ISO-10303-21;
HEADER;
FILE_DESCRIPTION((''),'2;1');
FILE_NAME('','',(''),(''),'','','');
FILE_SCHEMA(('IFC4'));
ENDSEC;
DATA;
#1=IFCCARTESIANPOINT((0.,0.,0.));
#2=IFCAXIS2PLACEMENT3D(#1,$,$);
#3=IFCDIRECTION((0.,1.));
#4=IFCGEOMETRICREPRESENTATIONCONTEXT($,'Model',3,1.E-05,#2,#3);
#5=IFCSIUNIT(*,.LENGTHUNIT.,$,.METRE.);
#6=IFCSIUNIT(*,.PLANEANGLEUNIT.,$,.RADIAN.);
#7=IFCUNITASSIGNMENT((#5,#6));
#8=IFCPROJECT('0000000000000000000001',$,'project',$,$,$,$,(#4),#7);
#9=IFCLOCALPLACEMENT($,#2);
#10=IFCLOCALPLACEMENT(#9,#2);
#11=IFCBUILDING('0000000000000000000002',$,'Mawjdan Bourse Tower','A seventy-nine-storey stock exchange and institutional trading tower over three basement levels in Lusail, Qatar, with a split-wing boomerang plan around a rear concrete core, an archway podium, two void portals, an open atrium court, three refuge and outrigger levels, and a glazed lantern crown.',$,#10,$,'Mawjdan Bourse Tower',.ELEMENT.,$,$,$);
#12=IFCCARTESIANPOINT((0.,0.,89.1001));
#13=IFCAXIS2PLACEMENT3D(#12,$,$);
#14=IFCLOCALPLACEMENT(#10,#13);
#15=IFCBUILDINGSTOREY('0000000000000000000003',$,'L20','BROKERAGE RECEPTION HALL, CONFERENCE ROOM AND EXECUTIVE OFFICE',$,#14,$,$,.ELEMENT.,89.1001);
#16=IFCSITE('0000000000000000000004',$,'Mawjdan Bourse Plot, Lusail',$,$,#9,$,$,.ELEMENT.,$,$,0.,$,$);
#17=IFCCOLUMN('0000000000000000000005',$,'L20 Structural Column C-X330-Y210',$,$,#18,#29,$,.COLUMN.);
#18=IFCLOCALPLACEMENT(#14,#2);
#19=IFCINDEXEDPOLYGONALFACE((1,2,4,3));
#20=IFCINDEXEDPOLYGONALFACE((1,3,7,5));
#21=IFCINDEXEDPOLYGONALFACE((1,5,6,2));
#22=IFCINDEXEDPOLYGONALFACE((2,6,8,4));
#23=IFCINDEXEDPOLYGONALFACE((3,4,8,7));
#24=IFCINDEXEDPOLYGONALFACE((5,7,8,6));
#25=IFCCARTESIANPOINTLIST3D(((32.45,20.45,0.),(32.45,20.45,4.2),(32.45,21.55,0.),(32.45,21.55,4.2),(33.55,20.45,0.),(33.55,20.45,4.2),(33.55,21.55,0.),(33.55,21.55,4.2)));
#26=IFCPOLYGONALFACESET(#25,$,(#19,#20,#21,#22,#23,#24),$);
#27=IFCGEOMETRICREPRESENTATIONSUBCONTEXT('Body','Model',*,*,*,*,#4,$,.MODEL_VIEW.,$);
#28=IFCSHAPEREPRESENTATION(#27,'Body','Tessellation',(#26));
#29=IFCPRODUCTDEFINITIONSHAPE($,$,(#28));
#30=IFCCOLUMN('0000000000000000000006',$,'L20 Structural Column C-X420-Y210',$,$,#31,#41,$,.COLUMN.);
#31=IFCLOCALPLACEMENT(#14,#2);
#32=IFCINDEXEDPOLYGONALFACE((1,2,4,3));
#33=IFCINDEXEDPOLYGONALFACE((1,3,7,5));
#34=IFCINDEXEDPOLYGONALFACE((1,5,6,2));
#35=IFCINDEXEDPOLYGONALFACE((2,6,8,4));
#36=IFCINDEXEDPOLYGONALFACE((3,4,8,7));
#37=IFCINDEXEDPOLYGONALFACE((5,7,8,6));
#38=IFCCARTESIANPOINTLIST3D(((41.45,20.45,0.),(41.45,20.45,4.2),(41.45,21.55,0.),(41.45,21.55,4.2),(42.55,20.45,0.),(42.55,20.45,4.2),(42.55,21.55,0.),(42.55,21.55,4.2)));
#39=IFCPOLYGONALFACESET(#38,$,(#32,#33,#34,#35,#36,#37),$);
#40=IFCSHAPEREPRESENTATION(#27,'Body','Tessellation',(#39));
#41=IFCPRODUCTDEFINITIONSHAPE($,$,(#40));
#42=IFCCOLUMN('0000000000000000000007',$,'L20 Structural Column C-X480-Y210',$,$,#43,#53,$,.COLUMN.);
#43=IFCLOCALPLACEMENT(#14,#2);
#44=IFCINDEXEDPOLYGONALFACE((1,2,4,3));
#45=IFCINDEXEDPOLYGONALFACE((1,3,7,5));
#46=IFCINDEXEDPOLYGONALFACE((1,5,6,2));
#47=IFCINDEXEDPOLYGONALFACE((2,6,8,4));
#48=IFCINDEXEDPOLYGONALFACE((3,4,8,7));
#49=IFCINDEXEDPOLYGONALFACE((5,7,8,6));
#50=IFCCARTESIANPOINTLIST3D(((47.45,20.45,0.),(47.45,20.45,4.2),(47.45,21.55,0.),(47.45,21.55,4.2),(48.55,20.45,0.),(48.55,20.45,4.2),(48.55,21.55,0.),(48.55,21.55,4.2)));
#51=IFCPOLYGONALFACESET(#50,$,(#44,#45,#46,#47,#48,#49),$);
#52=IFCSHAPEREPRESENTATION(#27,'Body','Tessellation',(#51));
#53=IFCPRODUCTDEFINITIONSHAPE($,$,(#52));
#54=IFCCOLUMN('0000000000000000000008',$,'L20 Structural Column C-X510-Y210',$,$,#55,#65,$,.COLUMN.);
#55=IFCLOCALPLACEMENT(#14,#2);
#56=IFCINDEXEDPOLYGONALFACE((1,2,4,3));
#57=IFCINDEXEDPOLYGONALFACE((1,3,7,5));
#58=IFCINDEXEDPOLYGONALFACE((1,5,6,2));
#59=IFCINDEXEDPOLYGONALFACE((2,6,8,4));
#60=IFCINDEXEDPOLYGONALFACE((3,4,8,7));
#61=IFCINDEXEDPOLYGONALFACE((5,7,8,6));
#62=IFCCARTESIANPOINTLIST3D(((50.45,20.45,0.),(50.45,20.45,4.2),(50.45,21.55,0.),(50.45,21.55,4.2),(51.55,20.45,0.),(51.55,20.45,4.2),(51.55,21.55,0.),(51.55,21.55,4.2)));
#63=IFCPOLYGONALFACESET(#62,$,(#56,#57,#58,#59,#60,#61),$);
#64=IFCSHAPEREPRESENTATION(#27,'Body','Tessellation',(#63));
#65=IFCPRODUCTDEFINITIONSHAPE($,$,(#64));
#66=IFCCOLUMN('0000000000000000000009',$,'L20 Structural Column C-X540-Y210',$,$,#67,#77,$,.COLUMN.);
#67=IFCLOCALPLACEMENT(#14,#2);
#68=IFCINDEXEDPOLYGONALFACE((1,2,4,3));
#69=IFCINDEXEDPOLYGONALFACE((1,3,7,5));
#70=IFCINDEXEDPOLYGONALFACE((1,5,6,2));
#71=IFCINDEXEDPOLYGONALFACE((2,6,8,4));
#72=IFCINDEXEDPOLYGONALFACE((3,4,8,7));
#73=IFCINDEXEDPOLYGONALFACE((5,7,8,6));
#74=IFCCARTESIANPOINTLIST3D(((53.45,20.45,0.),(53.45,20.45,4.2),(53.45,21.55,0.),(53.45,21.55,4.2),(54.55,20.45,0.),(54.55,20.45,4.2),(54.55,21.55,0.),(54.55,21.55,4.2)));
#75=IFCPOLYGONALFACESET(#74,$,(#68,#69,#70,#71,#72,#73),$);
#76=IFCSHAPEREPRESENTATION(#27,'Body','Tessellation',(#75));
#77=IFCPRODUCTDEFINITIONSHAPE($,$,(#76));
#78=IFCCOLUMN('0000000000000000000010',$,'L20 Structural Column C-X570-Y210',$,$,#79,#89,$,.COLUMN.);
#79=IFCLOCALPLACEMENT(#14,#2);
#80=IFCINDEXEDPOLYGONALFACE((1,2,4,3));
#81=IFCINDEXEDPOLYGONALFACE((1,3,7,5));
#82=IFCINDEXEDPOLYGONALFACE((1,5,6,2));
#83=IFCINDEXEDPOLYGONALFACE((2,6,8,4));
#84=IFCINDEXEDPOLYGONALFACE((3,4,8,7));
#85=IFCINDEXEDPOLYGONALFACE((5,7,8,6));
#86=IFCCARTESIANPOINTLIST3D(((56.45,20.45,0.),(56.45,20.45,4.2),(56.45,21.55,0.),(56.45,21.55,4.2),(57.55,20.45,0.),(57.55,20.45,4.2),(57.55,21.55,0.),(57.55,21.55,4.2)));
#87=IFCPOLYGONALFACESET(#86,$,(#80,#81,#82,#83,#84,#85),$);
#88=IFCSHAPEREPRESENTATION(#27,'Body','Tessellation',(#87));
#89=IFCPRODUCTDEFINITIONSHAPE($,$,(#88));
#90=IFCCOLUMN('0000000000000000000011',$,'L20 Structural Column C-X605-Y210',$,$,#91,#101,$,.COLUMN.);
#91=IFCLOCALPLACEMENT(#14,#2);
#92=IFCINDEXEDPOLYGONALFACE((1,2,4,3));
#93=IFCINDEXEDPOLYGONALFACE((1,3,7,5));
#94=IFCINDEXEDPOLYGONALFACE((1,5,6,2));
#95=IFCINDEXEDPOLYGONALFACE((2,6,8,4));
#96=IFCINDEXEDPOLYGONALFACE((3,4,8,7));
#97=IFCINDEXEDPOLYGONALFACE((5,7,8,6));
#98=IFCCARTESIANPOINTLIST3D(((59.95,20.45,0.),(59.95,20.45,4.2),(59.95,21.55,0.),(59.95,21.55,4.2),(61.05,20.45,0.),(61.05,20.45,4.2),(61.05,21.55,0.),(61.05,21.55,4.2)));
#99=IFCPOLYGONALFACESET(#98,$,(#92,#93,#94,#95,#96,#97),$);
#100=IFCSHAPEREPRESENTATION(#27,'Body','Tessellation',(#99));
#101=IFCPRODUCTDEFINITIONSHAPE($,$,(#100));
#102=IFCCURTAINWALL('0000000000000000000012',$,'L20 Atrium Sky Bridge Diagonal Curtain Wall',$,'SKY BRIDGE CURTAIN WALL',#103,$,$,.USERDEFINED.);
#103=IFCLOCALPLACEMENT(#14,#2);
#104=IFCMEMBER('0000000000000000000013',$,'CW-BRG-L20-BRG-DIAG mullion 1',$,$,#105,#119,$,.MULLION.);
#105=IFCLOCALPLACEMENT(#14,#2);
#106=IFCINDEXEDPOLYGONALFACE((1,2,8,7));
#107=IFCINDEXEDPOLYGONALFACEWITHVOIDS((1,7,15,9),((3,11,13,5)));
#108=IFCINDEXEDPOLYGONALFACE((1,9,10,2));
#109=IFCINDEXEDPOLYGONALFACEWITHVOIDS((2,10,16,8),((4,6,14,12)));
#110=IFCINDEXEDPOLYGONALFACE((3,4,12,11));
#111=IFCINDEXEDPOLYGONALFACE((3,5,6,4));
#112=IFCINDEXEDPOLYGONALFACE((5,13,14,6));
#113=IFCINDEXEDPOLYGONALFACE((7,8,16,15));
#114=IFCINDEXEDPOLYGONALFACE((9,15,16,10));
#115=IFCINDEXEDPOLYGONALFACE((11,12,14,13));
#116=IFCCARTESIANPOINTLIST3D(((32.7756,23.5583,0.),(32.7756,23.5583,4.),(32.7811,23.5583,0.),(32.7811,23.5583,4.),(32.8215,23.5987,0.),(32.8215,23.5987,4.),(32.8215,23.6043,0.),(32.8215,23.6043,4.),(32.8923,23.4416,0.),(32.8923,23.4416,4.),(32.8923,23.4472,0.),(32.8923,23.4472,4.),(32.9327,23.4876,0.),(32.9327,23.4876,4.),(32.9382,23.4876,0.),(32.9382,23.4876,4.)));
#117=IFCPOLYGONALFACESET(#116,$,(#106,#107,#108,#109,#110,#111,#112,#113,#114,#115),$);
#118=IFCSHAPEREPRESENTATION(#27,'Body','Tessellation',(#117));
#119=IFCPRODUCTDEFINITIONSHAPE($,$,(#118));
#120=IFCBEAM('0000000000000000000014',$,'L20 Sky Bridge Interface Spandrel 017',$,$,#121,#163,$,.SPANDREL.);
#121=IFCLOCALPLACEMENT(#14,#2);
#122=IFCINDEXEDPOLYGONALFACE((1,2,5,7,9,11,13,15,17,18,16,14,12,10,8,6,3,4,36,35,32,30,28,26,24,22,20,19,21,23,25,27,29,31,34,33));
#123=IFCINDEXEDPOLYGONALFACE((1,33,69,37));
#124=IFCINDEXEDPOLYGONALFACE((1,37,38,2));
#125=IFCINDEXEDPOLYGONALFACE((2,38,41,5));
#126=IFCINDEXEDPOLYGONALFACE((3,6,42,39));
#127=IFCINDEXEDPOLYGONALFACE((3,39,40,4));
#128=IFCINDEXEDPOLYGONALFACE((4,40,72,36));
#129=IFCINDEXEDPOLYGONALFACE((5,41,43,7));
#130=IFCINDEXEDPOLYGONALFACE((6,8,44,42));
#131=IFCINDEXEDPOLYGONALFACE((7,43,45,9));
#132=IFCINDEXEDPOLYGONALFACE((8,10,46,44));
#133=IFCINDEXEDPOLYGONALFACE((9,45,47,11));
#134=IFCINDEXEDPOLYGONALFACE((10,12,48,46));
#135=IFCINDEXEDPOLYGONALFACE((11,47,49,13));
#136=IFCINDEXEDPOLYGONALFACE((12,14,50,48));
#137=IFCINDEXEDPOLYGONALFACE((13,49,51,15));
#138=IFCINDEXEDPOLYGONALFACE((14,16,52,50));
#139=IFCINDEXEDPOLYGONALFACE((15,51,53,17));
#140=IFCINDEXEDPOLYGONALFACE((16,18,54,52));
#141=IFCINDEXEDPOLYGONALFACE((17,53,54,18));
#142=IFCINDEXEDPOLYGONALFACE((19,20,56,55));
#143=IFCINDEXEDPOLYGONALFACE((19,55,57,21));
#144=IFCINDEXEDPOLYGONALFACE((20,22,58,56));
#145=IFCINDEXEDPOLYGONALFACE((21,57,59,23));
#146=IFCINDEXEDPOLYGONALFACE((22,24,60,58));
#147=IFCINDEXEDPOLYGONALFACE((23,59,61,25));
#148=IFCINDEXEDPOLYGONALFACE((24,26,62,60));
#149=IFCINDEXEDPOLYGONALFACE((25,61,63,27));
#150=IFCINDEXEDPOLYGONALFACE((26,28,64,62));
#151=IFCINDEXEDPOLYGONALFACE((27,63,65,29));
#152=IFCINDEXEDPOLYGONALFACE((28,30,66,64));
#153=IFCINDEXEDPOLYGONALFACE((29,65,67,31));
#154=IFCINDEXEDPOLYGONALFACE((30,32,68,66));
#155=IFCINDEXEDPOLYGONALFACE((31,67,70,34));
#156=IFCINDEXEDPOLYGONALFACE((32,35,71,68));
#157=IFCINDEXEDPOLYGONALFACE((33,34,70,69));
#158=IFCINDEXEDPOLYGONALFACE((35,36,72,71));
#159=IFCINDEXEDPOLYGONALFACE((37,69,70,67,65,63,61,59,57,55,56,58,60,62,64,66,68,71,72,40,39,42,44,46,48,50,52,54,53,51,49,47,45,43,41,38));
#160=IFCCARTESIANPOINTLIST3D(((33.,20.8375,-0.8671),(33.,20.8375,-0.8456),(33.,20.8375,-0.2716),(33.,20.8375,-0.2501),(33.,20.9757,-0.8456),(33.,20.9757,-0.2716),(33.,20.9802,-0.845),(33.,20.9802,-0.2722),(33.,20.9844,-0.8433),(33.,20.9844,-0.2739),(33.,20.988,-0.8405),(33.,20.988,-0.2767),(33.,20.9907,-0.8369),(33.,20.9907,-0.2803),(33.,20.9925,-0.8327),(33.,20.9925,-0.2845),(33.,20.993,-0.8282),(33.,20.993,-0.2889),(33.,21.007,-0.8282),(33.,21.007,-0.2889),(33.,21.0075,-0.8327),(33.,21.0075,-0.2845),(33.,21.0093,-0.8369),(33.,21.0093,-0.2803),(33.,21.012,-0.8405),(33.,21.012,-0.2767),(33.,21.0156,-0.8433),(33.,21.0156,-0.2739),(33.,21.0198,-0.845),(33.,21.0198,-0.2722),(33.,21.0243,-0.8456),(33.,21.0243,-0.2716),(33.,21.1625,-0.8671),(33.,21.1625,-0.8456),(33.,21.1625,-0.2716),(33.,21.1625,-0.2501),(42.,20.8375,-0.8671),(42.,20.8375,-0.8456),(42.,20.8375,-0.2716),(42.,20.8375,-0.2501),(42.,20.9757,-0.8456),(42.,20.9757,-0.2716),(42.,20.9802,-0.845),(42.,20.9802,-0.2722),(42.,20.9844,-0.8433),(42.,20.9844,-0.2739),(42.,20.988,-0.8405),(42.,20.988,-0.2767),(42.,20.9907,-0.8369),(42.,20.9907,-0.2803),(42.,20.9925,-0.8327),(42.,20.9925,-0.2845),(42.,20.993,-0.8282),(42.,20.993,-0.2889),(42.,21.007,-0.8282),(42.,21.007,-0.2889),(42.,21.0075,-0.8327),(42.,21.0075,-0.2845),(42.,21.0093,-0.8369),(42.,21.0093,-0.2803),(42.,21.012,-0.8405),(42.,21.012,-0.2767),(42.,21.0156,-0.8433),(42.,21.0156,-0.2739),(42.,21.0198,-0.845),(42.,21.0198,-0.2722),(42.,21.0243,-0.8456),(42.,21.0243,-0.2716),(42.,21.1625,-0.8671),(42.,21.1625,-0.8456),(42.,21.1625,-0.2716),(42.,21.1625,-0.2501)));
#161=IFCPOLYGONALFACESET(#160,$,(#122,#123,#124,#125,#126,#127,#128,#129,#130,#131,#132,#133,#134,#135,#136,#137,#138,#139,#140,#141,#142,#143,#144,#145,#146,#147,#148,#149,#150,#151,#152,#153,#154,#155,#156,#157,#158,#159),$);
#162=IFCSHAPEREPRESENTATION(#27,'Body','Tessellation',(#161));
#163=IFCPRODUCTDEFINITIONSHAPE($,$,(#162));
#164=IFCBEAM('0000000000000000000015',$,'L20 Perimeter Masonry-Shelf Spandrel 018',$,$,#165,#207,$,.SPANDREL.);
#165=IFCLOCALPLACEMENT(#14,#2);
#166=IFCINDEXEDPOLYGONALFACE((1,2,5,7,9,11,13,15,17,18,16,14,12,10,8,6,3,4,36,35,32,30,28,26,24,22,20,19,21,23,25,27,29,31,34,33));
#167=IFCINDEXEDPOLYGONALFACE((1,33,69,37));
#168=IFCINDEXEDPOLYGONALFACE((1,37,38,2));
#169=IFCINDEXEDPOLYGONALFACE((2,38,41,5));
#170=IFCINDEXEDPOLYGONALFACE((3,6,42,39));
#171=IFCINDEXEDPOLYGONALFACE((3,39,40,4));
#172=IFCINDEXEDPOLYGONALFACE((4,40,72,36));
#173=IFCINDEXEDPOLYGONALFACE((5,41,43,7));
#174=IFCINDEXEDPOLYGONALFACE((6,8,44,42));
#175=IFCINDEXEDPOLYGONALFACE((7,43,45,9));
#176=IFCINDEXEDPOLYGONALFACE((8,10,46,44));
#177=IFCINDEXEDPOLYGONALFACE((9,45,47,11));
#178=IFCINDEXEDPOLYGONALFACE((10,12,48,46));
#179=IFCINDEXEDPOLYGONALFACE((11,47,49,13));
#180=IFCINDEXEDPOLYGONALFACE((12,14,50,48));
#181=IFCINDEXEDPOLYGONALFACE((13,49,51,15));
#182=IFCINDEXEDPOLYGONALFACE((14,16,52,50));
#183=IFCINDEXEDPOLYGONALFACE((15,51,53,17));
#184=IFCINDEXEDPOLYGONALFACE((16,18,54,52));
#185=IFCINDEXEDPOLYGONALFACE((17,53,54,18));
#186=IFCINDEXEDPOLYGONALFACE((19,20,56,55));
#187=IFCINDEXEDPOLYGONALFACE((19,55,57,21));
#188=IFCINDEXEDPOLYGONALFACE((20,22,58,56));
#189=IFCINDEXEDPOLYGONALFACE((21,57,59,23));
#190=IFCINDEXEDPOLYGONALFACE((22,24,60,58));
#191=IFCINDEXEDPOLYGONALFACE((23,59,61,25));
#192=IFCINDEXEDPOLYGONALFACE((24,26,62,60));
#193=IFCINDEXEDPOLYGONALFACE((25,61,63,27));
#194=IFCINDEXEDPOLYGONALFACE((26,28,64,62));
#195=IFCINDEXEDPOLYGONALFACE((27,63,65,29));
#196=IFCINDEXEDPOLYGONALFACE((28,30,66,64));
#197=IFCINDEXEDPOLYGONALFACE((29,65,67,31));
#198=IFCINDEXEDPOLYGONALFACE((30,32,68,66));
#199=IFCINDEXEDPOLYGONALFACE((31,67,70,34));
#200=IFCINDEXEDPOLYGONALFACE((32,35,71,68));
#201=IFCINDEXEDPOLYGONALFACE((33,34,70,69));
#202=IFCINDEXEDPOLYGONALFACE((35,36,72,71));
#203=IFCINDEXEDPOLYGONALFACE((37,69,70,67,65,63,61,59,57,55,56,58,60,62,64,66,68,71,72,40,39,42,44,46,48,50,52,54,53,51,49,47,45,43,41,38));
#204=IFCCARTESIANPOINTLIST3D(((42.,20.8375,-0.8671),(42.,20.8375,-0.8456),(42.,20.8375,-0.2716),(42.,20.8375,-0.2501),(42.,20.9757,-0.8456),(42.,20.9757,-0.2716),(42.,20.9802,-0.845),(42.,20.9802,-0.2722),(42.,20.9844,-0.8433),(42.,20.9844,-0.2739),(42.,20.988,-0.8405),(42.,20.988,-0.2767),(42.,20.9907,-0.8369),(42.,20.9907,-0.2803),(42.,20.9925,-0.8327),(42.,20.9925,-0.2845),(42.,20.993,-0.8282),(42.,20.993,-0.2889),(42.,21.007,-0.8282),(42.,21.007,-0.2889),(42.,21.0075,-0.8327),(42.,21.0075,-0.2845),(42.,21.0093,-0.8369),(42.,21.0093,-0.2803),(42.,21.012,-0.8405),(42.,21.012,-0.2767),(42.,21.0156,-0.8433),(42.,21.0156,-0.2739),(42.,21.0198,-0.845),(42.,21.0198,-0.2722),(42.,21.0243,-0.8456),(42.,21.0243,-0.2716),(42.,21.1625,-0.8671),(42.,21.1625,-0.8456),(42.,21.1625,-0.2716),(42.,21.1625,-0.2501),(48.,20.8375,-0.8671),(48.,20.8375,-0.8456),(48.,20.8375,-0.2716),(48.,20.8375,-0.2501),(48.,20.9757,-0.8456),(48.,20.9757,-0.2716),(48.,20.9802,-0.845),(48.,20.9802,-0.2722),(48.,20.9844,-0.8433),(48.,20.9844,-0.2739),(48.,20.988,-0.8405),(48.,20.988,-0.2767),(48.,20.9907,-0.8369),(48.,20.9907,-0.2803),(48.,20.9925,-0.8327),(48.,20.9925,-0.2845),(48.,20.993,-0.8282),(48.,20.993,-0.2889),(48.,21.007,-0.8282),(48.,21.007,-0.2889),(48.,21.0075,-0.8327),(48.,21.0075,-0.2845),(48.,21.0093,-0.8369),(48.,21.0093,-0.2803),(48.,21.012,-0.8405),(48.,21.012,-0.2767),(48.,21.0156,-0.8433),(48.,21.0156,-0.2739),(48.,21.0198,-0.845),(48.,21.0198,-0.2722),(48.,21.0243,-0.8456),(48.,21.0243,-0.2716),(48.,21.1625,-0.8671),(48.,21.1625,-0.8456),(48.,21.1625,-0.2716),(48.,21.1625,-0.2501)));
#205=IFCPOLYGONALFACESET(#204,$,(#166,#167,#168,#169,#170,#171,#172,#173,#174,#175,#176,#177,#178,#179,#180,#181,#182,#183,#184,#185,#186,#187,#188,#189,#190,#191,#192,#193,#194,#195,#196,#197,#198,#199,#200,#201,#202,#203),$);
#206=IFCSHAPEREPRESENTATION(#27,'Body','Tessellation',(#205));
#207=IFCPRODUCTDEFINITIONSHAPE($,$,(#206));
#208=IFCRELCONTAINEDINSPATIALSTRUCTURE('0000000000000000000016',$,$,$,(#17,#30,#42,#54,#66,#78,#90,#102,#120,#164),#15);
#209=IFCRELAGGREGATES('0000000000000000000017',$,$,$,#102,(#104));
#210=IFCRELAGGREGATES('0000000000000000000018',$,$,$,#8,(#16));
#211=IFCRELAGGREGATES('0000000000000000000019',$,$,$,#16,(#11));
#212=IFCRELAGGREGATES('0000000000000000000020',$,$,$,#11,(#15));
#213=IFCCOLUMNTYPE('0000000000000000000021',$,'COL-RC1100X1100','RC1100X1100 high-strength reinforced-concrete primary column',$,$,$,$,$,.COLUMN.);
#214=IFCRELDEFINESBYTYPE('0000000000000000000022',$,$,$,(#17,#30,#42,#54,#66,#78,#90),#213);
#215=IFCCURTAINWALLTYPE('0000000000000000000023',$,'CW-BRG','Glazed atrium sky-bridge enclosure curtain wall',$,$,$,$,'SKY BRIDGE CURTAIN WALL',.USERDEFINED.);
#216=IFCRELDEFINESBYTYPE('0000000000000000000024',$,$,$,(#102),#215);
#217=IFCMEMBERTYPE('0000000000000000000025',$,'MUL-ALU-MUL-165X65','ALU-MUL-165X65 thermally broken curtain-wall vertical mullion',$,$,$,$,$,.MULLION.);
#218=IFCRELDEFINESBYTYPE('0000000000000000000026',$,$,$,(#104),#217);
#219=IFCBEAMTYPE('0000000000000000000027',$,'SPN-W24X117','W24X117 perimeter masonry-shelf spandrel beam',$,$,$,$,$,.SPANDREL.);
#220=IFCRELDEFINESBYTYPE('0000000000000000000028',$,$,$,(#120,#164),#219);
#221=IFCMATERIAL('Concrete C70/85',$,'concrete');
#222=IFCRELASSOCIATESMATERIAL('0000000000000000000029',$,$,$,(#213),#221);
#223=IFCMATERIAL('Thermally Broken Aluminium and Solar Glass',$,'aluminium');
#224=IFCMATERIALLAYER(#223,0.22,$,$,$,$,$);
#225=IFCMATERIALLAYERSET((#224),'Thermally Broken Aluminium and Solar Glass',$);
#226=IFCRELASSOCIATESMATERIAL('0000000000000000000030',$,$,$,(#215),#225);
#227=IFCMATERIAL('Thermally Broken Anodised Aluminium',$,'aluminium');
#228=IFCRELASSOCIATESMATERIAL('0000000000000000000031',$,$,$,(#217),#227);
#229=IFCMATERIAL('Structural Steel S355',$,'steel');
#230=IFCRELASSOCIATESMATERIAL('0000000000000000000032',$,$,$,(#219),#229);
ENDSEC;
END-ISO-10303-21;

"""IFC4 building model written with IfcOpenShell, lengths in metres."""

from ifc_helpers import new_model, si_unit, direction, frame, origin, origin_2d, place, context, subcontext, project, spatial, rectangle, hollow_rectangle, i_section, extrude, material, layer, layer_set, material_profile, profile_set, type_object, element, aggregate, save


model = new_model("IFC4")

# Units and contexts
model_context = context("Model", 3, precision=1e-05, world=origin(), true_north=direction((0.0, 1.0)))
body_context = subcontext(model_context, "Body", "Model", "MODEL_VIEW")
ifc_project = project(units=[si_unit("LENGTHUNIT", "METRE"), si_unit("PLANEANGLEUNIT", "RADIAN")], contexts=[model_context])

# Site, building, storey
site_placement = place(None, origin())
site = spatial("IfcSite", under=ifc_project, at=site_placement, Name="Mawjdan Bourse Plot, Lusail", CompositionType="ELEMENT", RefElevation=0.0)
building_placement = place(site_placement, origin())
building = spatial("IfcBuilding", under=site, at=building_placement, Name="Mawjdan Bourse Tower", Description="A seventy-nine-storey stock exchange and institutional trading tower over three basement levels in Lusail, Qatar, with a split-wing boomerang plan around a rear concrete core, an archway podium, two void portals, an open atrium court, three refuge and outrigger levels, and a glazed lantern crown.", LongName="Mawjdan Bourse Tower", CompositionType="ELEMENT")
storey_placement = place(building_placement, frame((0.0, 0.0, 89.1001)))
storey = spatial("IfcBuildingStorey", under=building, at=storey_placement, Name="L20", Description="BROKERAGE RECEPTION HALL, CONFERENCE ROOM AND EXECUTIVE OFFICE", CompositionType="ELEMENT", Elevation=89.1001)

# Columns
ifc_material_1 = material(Name="Concrete C70/85", Category="concrete")
ifc_material_profile_1 = material_profile(ifc_material_1, rectangle(XDim=1.1001, YDim=1.1001, at=origin_2d()), Name="RC1100X1100")
ifc_profile_set_1 = profile_set([ifc_material_profile_1], Name="Concrete C70/85")
column_type = type_object("IfcColumnType", Name="COL-RC1100X1100", Description="RC1100X1100 high-strength reinforced-concrete primary column", PredefinedType="COLUMN", material=ifc_profile_set_1)
for number, where, z_axis, x_axis, name in (
    (1, (33.0, 21.0, 0.0), (0.0, 0.0, 1.0), (1.0, 0.0, 0.0), "L20 Structural Column C-X330-Y210"),
    (2, (42.0, 21.0, 0.0), (0.0, 0.0, 1.0), (1.0, 0.0, 0.0), "L20 Structural Column C-X420-Y210"),
    (3, (48.0, 21.0, 0.0), (0.0, 0.0, 1.0), (1.0, 0.0, 0.0), "L20 Structural Column C-X480-Y210"),
    (4, (51.0, 21.0, 0.0), (0.0, 0.0, 1.0), (1.0, 0.0, 0.0), "L20 Structural Column C-X510-Y210"),
    (5, (54.0, 21.0, 0.0), (0.0, 0.0, 1.0), (1.0, 0.0, 0.0), "L20 Structural Column C-X540-Y210"),
    (6, (57.0, 21.0, 0.0), (0.0, 0.0, 1.0), (1.0, 0.0, 0.0), "L20 Structural Column C-X570-Y210"),
    (7, (60.5, 21.0, 0.0), (0.0, 0.0, 1.0), (1.0, 0.0, 0.0), "L20 Structural Column C-X605-Y210"),
):
    element("IfcColumn", number, at=place(storey_placement, frame(where, z_axis=z_axis, x_axis=x_axis)), inside=storey, type_object=column_type, Name=name, PredefinedType="COLUMN", context=body_context, shape_type="SweptSolid", body=[
        extrude(rectangle(XDim=1.1001, YDim=1.1001, at=origin_2d()), origin(), (0.0, 0.0, 1.0), 4.2),
    ])

# Curtain wall, member
ifc_material_2 = material(Name="Thermally Broken Aluminium and Solar Glass", Category="aluminium")
ifc_layer_1 = layer(ifc_material_2, 0.22)
ifc_layer_set_1 = layer_set([ifc_layer_1], Name="Thermally Broken Aluminium and Solar Glass")
curtain_wall_type = type_object("IfcCurtainWallType", Name="CW-BRG", Description="Glazed atrium sky-bridge enclosure curtain wall", ElementType="SKY BRIDGE CURTAIN WALL", PredefinedType="USERDEFINED", material=ifc_layer_set_1)
curtain_wall_placement = place(storey_placement, origin())
curtain_wall = element("IfcCurtainWall", 8, at=curtain_wall_placement, inside=storey, type_object=curtain_wall_type, Name="L20 Atrium Sky Bridge Diagonal Curtain Wall", ObjectType="SKY BRIDGE CURTAIN WALL", PredefinedType="USERDEFINED")
ifc_material_3 = material(Name="Thermally Broken Anodised Aluminium", Category="aluminium")
ifc_material_profile_2 = material_profile(ifc_material_3, hollow_rectangle(XDim=0.0649, YDim=0.165, WallThickness=0.0039, at=origin_2d()), Name="ALU-MUL-165X65")
ifc_profile_set_2 = profile_set([ifc_material_profile_2], Name="Thermally Broken Anodised Aluminium")
member_type_1 = type_object("IfcMemberType", Name="MUL-ALU-MUL-165X65", Description="ALU-MUL-165X65 thermally broken curtain-wall vertical mullion", PredefinedType="MULLION", material=ifc_profile_set_2)
member_1_placement = place(storey_placement, frame((32.8569, 23.5229, 0.0), z_axis=(0.0, 0.0, 1.0), x_axis=(-0.707107, -0.707107, 0.0)))
member_1 = element("IfcMember", 9, at=member_1_placement, type_object=member_type_1, Name="CW-BRG-L20-BRG-DIAG mullion 1", PredefinedType="MULLION", context=body_context, shape_type="SweptSolid", body=[
    extrude(hollow_rectangle(XDim=0.0649, YDim=0.165, WallThickness=0.0039, at=origin_2d()), origin(), (0.0, 0.0, 1.0), 4.0),
])

# Beams
ifc_material_4 = material(Name="Structural Steel S355", Category="steel")
ifc_material_profile_3 = material_profile(ifc_material_4, i_section(OverallWidth=0.325, OverallDepth=0.6169, WebThickness=0.0139, FlangeThickness=0.0215, FilletRadius=0.0173, at=origin_2d()), Name="W24X117")
ifc_profile_set_3 = profile_set([ifc_material_profile_3], Name="Structural Steel S355")
beam_type = type_object("IfcBeamType", Name="SPN-W24X117", Description="W24X117 perimeter masonry-shelf spandrel beam", PredefinedType="SPANDREL", material=ifc_profile_set_3)
beam_1_placement = place(storey_placement, frame((33.0, 21.0, -0.5586), z_axis=(1.0, 0.0, 0.0), x_axis=(0.0, 1.0, 0.0)))
element("IfcBeam", 10, at=beam_1_placement, inside=storey, type_object=beam_type, Name="L20 Sky Bridge Interface Spandrel 017", PredefinedType="SPANDREL", context=body_context, shape_type="SweptSolid", body=[
    extrude(i_section(OverallWidth=0.325, OverallDepth=0.6169, WebThickness=0.0139, FlangeThickness=0.0215, FilletRadius=0.0173, at=origin_2d()), origin(), (0.0, 0.0, 1.0), 9.0),
])
beam_2_placement = place(storey_placement, frame((42.0, 21.0, -0.5586), z_axis=(1.0, 0.0, 0.0), x_axis=(0.0, 1.0, 0.0)))
element("IfcBeam", 11, at=beam_2_placement, inside=storey, type_object=beam_type, Name="L20 Perimeter Masonry-Shelf Spandrel 018", PredefinedType="SPANDREL", context=body_context, shape_type="SweptSolid", body=[
    extrude(i_section(OverallWidth=0.325, OverallDepth=0.6169, WebThickness=0.0139, FlangeThickness=0.0215, FilletRadius=0.0173, at=origin_2d()), origin(), (0.0, 0.0, 1.0), 6.0),
])

aggregate(curtain_wall, [member_1])

save(model, "model.ifc")
